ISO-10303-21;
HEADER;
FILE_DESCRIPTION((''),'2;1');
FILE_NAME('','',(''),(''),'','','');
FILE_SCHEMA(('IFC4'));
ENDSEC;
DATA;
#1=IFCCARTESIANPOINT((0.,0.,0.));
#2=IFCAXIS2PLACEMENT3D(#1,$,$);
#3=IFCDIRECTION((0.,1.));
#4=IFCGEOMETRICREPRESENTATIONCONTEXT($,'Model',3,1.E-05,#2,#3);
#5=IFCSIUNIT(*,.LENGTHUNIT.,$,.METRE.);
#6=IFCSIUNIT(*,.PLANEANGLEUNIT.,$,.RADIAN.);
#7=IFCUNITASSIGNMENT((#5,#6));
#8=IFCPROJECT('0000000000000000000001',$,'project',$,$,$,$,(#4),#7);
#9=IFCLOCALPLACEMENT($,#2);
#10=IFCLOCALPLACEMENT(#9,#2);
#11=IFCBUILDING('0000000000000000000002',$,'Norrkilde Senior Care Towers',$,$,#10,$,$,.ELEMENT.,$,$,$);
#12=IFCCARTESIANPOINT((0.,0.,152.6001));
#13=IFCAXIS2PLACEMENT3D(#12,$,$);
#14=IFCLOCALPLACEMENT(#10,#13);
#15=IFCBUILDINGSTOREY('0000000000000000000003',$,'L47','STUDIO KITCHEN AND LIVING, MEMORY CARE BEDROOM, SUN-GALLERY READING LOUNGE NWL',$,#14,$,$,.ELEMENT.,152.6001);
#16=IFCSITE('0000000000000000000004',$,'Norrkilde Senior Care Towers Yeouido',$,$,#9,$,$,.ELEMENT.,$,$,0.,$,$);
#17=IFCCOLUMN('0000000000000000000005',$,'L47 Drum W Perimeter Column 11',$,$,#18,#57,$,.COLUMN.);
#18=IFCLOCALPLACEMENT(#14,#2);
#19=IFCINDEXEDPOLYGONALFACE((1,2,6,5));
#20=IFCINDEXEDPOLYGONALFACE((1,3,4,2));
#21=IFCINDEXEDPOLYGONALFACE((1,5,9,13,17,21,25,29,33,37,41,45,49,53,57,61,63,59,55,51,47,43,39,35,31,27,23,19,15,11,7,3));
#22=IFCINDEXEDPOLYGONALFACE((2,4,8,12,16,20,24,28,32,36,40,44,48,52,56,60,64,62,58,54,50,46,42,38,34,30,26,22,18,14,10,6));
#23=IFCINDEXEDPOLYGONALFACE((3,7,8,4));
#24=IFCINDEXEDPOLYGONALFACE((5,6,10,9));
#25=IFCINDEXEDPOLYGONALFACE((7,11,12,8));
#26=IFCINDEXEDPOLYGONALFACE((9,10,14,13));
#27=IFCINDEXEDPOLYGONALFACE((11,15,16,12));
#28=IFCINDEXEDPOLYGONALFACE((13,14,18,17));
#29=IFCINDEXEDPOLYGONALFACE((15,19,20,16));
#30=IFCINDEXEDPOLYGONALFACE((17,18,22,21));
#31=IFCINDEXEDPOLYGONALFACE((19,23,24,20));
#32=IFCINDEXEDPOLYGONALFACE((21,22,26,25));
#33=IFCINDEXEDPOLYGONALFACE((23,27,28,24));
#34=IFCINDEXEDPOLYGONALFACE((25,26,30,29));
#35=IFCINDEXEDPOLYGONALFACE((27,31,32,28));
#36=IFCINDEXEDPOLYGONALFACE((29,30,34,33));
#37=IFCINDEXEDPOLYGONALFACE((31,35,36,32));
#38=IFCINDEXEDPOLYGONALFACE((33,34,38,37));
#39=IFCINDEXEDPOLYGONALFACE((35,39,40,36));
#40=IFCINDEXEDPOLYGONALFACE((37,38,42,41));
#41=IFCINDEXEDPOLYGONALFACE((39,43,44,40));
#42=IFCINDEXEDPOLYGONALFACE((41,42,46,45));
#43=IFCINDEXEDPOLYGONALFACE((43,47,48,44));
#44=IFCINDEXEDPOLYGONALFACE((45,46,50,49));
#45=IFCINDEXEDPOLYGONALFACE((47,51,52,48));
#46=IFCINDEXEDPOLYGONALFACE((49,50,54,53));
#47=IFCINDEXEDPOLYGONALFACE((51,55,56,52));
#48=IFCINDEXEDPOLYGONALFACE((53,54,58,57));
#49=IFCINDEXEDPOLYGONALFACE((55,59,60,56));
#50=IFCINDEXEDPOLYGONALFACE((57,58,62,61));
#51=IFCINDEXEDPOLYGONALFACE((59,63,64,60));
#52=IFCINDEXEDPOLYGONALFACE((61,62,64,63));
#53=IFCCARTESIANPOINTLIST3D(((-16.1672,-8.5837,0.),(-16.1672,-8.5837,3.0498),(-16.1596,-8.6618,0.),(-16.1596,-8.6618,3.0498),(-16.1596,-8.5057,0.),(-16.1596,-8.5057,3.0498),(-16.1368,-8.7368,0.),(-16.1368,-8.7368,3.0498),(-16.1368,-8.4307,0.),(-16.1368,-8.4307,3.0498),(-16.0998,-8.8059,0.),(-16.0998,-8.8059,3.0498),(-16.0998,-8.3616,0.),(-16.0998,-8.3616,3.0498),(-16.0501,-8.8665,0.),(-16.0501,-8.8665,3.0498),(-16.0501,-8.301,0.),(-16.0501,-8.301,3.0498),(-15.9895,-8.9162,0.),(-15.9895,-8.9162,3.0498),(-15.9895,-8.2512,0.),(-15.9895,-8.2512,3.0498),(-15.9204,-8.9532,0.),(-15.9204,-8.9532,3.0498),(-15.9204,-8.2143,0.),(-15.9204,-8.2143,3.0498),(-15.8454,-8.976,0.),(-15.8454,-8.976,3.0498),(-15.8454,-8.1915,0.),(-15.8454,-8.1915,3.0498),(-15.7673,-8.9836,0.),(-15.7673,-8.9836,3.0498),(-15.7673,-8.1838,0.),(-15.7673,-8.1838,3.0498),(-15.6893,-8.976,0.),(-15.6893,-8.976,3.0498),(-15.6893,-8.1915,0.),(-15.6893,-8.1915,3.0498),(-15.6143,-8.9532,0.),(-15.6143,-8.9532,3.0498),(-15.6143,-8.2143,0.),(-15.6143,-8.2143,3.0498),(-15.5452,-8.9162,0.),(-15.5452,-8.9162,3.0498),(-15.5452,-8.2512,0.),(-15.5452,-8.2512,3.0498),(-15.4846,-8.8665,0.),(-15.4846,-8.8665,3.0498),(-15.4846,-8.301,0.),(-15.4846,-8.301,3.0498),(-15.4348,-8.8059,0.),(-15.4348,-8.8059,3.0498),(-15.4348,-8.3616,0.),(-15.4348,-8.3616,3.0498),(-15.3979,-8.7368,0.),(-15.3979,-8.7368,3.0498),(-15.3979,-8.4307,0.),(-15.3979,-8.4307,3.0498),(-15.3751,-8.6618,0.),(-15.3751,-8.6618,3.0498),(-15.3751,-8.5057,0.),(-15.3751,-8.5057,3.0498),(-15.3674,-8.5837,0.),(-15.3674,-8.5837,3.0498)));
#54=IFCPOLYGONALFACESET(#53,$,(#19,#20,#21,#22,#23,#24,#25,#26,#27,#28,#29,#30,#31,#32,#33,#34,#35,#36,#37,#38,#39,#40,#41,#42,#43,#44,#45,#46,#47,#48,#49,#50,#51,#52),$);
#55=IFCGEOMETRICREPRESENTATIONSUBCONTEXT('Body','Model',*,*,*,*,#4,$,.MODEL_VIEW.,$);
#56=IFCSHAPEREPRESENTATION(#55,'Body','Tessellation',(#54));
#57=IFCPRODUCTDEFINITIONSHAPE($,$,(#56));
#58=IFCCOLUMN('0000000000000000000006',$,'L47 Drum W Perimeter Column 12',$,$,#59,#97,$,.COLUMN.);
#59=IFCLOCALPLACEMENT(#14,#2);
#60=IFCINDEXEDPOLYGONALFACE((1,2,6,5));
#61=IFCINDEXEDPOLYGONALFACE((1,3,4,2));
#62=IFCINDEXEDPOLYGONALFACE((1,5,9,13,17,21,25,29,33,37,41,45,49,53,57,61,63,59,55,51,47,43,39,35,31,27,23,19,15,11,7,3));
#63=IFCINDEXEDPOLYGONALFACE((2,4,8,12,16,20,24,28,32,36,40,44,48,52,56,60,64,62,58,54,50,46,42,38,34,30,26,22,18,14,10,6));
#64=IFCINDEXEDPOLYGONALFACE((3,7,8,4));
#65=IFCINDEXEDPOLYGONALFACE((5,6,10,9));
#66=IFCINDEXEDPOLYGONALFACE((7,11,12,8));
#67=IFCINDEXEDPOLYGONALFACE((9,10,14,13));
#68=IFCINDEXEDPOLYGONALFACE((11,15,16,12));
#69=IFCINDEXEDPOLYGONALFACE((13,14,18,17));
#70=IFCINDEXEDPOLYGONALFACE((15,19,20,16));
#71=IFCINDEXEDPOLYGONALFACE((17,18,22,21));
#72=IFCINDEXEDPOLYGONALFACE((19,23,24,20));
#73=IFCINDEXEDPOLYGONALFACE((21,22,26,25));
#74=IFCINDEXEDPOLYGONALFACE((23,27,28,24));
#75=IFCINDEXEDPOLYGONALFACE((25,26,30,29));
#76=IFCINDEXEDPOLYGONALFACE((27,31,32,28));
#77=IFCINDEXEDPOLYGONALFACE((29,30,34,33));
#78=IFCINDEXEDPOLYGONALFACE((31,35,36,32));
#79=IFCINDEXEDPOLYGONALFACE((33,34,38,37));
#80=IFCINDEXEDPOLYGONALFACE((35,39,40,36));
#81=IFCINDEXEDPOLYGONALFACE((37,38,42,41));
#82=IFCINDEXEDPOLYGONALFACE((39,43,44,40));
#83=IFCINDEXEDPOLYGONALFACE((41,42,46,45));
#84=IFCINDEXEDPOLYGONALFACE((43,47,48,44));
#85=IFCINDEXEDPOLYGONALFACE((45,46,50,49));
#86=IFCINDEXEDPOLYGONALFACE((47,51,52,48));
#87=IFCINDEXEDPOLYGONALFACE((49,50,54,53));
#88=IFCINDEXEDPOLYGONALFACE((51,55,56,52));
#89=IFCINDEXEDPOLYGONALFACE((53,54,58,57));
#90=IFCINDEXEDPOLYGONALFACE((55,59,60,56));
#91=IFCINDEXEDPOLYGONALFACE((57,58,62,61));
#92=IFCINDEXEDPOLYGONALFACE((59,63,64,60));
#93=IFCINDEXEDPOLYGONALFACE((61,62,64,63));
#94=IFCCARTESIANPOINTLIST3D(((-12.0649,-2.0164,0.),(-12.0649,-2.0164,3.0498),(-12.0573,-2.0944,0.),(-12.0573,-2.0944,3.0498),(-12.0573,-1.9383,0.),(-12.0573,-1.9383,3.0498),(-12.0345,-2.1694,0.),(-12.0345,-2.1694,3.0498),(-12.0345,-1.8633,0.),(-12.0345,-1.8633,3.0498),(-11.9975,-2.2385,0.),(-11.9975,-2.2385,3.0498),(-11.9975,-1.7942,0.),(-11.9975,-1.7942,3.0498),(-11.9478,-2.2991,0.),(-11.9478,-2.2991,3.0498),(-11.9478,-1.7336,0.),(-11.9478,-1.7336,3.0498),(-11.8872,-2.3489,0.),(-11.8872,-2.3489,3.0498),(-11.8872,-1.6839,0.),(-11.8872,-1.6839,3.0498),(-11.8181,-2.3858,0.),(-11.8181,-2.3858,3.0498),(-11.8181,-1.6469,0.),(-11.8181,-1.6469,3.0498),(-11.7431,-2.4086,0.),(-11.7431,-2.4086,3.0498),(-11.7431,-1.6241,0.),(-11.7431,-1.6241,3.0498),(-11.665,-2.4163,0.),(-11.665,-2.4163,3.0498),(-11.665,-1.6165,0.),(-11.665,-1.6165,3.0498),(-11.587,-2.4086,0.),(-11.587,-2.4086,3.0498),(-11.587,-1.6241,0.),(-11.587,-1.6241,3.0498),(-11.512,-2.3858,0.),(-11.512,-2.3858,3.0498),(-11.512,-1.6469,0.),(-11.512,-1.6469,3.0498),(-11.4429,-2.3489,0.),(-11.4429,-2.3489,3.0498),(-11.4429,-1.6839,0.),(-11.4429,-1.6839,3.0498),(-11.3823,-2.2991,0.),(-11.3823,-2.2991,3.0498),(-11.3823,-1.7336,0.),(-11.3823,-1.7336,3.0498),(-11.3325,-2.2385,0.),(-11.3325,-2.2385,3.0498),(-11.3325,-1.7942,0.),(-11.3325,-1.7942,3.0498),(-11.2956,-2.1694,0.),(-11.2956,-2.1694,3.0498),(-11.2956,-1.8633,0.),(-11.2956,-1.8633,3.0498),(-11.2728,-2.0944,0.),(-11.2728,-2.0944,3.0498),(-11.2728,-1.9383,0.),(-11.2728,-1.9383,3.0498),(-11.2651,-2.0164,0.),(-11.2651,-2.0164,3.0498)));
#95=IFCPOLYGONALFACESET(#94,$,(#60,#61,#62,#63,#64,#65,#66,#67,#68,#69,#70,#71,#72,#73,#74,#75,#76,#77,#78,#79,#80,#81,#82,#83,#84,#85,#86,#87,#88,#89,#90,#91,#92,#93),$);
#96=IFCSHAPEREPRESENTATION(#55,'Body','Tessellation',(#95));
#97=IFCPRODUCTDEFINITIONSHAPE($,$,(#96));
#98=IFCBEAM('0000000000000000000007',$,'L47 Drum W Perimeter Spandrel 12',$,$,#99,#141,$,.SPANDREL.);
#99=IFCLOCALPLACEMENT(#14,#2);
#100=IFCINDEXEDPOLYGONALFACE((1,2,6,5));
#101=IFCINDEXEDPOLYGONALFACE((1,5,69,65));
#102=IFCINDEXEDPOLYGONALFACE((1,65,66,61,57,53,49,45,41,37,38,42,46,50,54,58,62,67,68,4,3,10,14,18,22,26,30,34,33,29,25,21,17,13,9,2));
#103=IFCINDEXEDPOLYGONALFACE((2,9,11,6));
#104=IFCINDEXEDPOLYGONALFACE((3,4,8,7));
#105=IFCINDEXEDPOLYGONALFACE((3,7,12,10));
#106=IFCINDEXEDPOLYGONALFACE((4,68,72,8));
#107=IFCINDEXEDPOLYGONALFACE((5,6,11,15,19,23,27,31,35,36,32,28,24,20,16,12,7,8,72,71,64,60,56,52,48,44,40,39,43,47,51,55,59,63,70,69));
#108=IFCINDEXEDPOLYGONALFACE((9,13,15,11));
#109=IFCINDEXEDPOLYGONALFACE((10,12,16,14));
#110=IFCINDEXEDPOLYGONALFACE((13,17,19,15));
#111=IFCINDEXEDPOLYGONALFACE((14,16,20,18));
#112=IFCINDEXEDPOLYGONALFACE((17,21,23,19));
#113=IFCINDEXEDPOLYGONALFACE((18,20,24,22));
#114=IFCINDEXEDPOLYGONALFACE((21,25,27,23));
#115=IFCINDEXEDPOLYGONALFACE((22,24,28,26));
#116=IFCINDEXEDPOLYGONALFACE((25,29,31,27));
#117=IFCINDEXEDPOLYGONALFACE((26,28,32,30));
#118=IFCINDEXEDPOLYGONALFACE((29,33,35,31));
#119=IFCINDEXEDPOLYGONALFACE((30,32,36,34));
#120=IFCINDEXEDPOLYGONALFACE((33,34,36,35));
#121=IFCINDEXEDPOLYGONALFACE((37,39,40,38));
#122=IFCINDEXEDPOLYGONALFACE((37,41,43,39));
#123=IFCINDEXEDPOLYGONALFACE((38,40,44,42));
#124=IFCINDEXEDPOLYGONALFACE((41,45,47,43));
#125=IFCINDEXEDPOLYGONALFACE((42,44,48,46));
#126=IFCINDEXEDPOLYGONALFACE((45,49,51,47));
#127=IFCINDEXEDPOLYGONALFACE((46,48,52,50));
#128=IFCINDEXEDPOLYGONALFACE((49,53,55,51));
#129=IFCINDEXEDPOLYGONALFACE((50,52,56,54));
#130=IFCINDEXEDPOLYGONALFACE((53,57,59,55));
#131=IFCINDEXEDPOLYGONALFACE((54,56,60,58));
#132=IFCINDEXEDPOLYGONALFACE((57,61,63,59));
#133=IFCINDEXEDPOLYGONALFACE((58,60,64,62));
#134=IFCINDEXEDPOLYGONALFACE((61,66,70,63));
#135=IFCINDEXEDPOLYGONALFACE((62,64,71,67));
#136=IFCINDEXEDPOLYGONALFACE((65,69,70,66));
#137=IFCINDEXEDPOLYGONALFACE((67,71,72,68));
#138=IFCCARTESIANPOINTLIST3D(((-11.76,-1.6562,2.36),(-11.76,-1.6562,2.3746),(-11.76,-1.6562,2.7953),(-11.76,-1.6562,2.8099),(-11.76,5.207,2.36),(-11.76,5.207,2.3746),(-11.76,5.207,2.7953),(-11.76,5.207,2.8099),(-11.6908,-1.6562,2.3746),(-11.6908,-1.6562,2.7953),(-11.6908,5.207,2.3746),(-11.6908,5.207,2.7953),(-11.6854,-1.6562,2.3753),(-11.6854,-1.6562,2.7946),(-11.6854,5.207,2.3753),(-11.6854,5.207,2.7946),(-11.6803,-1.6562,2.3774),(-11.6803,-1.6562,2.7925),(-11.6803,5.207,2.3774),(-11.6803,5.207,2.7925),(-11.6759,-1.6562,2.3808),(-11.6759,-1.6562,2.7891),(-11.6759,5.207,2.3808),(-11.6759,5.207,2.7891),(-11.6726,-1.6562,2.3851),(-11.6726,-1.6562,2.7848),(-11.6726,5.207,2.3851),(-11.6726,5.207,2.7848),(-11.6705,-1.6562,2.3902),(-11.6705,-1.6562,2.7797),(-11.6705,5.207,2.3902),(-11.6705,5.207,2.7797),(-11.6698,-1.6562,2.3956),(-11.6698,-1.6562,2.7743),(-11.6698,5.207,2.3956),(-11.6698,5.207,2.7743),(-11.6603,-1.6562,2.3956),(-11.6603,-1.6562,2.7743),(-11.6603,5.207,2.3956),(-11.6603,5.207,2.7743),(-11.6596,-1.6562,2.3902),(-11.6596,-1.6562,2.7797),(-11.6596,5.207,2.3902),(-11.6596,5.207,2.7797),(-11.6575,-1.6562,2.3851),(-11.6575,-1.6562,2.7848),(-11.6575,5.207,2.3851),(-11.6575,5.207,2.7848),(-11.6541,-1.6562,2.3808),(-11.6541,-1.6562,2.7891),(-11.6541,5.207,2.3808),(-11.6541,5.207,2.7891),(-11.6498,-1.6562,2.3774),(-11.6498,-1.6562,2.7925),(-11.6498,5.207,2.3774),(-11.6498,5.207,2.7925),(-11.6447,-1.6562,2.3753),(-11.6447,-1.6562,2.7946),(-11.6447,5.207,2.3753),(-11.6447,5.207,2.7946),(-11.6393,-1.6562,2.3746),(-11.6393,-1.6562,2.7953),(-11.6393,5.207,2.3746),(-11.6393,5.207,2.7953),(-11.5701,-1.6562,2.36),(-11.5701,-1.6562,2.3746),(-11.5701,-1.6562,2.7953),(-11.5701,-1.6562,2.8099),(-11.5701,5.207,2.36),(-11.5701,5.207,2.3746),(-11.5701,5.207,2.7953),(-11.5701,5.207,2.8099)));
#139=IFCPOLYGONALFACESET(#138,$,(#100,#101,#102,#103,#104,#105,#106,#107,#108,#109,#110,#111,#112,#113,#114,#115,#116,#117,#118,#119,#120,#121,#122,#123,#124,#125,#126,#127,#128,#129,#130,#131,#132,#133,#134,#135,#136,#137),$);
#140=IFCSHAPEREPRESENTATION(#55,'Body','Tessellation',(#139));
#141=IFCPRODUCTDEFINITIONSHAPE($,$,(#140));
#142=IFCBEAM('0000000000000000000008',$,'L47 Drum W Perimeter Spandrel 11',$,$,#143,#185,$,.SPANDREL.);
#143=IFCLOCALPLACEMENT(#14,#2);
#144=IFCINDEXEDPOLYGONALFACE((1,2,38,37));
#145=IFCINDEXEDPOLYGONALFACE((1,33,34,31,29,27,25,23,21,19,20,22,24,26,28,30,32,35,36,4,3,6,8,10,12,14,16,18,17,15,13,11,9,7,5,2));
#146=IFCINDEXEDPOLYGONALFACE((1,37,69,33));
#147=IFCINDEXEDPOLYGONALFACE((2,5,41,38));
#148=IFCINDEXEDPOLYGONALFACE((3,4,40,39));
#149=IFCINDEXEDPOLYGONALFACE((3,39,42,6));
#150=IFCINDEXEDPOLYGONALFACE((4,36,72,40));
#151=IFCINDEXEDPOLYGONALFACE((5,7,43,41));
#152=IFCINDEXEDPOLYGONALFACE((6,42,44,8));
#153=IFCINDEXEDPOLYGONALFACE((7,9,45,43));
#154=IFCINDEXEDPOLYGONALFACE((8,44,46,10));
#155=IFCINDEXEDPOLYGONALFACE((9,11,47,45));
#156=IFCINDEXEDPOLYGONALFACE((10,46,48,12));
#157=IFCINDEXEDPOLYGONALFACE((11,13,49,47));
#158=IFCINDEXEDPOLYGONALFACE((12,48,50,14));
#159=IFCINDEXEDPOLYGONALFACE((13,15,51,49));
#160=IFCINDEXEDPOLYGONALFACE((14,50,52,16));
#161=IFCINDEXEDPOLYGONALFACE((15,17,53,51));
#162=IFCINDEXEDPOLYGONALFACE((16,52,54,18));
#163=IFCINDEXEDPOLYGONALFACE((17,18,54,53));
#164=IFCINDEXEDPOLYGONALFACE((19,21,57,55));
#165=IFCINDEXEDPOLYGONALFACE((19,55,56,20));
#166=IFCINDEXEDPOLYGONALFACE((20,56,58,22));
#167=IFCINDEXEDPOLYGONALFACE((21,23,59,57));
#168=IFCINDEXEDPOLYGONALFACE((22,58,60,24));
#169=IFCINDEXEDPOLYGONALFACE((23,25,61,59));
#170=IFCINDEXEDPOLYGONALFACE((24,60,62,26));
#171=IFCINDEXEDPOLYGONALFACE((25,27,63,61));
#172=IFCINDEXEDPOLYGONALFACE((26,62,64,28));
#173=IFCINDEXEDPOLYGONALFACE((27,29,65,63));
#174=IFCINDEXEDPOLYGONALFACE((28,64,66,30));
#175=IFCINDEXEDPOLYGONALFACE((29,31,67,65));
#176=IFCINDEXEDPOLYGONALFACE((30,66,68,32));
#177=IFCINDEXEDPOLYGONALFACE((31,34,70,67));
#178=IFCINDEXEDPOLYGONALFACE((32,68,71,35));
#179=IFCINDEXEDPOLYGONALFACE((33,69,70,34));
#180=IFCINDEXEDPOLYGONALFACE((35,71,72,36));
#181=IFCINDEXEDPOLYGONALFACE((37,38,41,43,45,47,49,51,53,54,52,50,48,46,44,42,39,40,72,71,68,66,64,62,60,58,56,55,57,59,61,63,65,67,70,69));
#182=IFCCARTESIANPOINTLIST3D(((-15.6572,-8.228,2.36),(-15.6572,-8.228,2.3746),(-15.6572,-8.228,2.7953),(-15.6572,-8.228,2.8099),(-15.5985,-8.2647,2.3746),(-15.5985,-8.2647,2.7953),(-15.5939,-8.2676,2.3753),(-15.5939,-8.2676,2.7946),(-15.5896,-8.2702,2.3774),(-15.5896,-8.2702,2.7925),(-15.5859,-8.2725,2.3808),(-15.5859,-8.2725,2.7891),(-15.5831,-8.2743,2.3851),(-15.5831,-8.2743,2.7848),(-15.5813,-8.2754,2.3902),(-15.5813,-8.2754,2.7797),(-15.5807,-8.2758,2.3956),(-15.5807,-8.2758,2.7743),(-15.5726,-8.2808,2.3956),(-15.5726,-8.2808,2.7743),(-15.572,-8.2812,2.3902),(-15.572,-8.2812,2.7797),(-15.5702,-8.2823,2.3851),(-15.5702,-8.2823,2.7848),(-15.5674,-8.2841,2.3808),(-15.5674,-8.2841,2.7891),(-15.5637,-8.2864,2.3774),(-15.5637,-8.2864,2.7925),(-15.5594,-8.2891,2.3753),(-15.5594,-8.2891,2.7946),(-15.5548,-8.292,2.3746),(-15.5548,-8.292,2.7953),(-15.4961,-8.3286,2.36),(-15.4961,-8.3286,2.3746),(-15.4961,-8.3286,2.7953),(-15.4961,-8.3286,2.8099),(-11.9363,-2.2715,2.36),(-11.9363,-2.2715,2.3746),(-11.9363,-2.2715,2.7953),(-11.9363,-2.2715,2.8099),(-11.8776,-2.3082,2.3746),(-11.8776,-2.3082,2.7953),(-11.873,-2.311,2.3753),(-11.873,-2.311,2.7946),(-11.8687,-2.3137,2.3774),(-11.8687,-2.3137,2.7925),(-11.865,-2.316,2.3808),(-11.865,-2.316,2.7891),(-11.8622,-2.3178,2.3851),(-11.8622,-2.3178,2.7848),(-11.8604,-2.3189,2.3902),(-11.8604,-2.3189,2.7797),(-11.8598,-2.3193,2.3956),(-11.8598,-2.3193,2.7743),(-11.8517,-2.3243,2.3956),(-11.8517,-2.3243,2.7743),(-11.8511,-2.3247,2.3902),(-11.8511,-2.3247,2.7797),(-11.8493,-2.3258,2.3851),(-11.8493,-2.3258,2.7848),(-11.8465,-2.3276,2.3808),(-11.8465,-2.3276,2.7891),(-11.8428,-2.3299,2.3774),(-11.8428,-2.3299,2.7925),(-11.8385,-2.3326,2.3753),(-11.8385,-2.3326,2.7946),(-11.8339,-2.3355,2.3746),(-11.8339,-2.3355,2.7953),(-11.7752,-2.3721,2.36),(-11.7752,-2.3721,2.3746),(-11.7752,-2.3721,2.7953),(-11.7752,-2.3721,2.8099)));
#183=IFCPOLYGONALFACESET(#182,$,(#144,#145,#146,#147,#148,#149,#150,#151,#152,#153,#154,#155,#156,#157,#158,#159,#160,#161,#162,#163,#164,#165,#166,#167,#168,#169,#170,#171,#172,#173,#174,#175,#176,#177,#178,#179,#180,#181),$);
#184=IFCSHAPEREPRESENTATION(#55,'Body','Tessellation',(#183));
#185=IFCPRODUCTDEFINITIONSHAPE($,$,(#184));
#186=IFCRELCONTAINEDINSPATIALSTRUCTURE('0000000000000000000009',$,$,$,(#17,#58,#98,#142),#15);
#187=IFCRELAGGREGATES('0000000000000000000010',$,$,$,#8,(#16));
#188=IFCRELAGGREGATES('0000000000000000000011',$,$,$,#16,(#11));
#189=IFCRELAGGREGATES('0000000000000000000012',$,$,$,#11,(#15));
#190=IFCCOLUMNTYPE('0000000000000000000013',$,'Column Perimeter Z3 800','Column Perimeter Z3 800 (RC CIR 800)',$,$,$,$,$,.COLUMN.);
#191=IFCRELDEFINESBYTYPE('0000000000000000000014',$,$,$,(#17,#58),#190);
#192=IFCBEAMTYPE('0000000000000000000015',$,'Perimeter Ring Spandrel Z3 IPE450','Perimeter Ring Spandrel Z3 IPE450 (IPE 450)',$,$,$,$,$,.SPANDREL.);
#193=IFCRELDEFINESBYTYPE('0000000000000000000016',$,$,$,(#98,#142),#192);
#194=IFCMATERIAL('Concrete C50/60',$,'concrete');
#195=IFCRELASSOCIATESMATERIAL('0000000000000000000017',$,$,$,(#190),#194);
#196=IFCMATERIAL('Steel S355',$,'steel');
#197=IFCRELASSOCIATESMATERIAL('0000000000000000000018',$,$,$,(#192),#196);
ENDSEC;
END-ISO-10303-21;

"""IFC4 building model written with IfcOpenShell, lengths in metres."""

from ifc_helpers import new_model, si_unit, direction, frame, origin, origin_2d, place, context, subcontext, project, spatial, circle, i_section, extrude, source, transform, mapped, material, material_profile, profile_set, type_object, type_shapes, element, save


model = new_model("IFC4")

# Units and contexts
model_context = context("Model", 3, precision=1e-05, world=origin(), true_north=direction((0.0, 1.0)))
body_context = subcontext(model_context, "Body", "Model", "MODEL_VIEW")
ifc_project = project(units=[si_unit("LENGTHUNIT", "METRE"), si_unit("PLANEANGLEUNIT", "RADIAN")], contexts=[model_context])

# Site, building, storey
site_placement = place(None, origin())
site = spatial("IfcSite", under=ifc_project, at=site_placement, Name="Norrkilde Senior Care Towers Yeouido", CompositionType="ELEMENT", RefElevation=0.0)
building_placement = place(site_placement, origin())
building = spatial("IfcBuilding", under=site, at=building_placement, Name="Norrkilde Senior Care Towers", CompositionType="ELEMENT")
storey_placement = place(building_placement, frame((0.0, 0.0, 152.6001)))
storey = spatial("IfcBuildingStorey", under=building, at=storey_placement, Name="L47", Description="STUDIO KITCHEN AND LIVING, MEMORY CARE BEDROOM, SUN-GALLERY READING LOUNGE NWL", CompositionType="ELEMENT", Elevation=152.6001)

# Columns
ifc_material_1 = material(Name="Concrete C50/60", Category="concrete")
ifc_material_profile_1 = material_profile(ifc_material_1, circle(Radius=0.3999, at=origin_2d()), Name="RC CIR 800")
ifc_profile_set_1 = profile_set([ifc_material_profile_1], Name="Concrete C50/60")
column_type = type_object("IfcColumnType", Name="Column Perimeter Z3 800", Description="Column Perimeter Z3 800 (RC CIR 800)", PredefinedType="COLUMN", material=ifc_profile_set_1)
shared_shape_1 = source(origin(), body_context, "Body", "SweptSolid", [
    extrude(circle(Radius=0.3999, at=origin_2d()), origin(), (0.0, 0.0, 1.0), 3.0498),
])
type_shapes(column_type, [shared_shape_1])
for number, where, z_axis, x_axis, name in (
    (1, (-15.7673, -8.5837, 0.0), (0.0, 0.0, 1.0), (1.0, 0.0, 0.0), "L47 Drum W Perimeter Column 11"),
    (2, (-11.665, -2.0164, 0.0), (0.0, 0.0, 1.0), (1.0, 0.0, 0.0), "L47 Drum W Perimeter Column 12"),
):
    element("IfcColumn", number, at=place(storey_placement, frame(where, z_axis=z_axis, x_axis=x_axis)), inside=storey, type_object=column_type, Name=name, PredefinedType="COLUMN", context=body_context, shape_type="MappedRepresentation", body=[
        mapped(shared_shape_1, transform((0.0, 0.0, 0.0), x_axis=(1.0, 0.0, 0.0), y_axis=(0.0, 1.0, 0.0), z_axis=(0.0, 0.0, 1.0), scale=1.0)),
    ])

# Beams
ifc_material_2 = material(Name="Steel S355", Category="steel")
ifc_material_profile_2 = material_profile(ifc_material_2, i_section(OverallWidth=0.1899, OverallDepth=0.45, WebThickness=0.0095, FlangeThickness=0.0146, FilletRadius=0.021, at=origin_2d()), Name="IPE 450")
ifc_profile_set_2 = profile_set([ifc_material_profile_2], Name="Steel S355")
beam_type_1 = type_object("IfcBeamType", Name="Perimeter Ring Spandrel Z3 IPE450", Description="Perimeter Ring Spandrel Z3 IPE450 (IPE 450)", PredefinedType="SPANDREL", material=ifc_profile_set_2)
shared_shape_2 = source(origin(), body_context, "Body", "SweptSolid", [
    extrude(i_section(OverallWidth=0.1899, OverallDepth=0.45, WebThickness=0.0095, FlangeThickness=0.0146, FilletRadius=0.021, at=origin_2d()), origin(), (0.0, 0.0, 1.0), 6.8633),
])
beam_1_placement = place(storey_placement, frame((-11.665, -1.6562, 2.585), z_axis=(0.0, 1.0, 0.0), x_axis=(-1.0, 0.0, 0.0)))
element("IfcBeam", 3, at=beam_1_placement, inside=storey, type_object=beam_type_1, Name="L47 Drum W Perimeter Spandrel 12", PredefinedType="SPANDREL", context=body_context, shape_type="MappedRepresentation", body=[
    mapped(shared_shape_2, transform((0.0, 0.0, 0.0), x_axis=(1.0, 0.0, 0.0), y_axis=(0.0, 1.0, 0.0), z_axis=(0.0, 0.0, 1.0), scale=1.0)),
])
shared_shape_3 = source(origin(), body_context, "Body", "SweptSolid", [
    extrude(i_section(OverallWidth=0.1899, OverallDepth=0.45, WebThickness=0.0095, FlangeThickness=0.0146, FilletRadius=0.021, at=origin_2d()), origin(), (0.0, 0.0, 1.0), 7.0232),
])
type_shapes(beam_type_1, [shared_shape_2, shared_shape_3])
beam_2_placement = place(storey_placement, frame((-15.5767, -8.2783, 2.585), z_axis=(0.529805, 0.848119, 0.0), x_axis=(-0.848119, 0.529805, 0.0)))
element("IfcBeam", 4, at=beam_2_placement, inside=storey, type_object=beam_type_1, Name="L47 Drum W Perimeter Spandrel 11", PredefinedType="SPANDREL", context=body_context, shape_type="MappedRepresentation", body=[
    mapped(shared_shape_3, transform((0.0, 0.0, 0.0), x_axis=(1.0, 0.0, 0.0), y_axis=(0.0, 1.0, 0.0), z_axis=(0.0, 0.0, 1.0), scale=1.0)),
])

save(model, "model.ifc")
